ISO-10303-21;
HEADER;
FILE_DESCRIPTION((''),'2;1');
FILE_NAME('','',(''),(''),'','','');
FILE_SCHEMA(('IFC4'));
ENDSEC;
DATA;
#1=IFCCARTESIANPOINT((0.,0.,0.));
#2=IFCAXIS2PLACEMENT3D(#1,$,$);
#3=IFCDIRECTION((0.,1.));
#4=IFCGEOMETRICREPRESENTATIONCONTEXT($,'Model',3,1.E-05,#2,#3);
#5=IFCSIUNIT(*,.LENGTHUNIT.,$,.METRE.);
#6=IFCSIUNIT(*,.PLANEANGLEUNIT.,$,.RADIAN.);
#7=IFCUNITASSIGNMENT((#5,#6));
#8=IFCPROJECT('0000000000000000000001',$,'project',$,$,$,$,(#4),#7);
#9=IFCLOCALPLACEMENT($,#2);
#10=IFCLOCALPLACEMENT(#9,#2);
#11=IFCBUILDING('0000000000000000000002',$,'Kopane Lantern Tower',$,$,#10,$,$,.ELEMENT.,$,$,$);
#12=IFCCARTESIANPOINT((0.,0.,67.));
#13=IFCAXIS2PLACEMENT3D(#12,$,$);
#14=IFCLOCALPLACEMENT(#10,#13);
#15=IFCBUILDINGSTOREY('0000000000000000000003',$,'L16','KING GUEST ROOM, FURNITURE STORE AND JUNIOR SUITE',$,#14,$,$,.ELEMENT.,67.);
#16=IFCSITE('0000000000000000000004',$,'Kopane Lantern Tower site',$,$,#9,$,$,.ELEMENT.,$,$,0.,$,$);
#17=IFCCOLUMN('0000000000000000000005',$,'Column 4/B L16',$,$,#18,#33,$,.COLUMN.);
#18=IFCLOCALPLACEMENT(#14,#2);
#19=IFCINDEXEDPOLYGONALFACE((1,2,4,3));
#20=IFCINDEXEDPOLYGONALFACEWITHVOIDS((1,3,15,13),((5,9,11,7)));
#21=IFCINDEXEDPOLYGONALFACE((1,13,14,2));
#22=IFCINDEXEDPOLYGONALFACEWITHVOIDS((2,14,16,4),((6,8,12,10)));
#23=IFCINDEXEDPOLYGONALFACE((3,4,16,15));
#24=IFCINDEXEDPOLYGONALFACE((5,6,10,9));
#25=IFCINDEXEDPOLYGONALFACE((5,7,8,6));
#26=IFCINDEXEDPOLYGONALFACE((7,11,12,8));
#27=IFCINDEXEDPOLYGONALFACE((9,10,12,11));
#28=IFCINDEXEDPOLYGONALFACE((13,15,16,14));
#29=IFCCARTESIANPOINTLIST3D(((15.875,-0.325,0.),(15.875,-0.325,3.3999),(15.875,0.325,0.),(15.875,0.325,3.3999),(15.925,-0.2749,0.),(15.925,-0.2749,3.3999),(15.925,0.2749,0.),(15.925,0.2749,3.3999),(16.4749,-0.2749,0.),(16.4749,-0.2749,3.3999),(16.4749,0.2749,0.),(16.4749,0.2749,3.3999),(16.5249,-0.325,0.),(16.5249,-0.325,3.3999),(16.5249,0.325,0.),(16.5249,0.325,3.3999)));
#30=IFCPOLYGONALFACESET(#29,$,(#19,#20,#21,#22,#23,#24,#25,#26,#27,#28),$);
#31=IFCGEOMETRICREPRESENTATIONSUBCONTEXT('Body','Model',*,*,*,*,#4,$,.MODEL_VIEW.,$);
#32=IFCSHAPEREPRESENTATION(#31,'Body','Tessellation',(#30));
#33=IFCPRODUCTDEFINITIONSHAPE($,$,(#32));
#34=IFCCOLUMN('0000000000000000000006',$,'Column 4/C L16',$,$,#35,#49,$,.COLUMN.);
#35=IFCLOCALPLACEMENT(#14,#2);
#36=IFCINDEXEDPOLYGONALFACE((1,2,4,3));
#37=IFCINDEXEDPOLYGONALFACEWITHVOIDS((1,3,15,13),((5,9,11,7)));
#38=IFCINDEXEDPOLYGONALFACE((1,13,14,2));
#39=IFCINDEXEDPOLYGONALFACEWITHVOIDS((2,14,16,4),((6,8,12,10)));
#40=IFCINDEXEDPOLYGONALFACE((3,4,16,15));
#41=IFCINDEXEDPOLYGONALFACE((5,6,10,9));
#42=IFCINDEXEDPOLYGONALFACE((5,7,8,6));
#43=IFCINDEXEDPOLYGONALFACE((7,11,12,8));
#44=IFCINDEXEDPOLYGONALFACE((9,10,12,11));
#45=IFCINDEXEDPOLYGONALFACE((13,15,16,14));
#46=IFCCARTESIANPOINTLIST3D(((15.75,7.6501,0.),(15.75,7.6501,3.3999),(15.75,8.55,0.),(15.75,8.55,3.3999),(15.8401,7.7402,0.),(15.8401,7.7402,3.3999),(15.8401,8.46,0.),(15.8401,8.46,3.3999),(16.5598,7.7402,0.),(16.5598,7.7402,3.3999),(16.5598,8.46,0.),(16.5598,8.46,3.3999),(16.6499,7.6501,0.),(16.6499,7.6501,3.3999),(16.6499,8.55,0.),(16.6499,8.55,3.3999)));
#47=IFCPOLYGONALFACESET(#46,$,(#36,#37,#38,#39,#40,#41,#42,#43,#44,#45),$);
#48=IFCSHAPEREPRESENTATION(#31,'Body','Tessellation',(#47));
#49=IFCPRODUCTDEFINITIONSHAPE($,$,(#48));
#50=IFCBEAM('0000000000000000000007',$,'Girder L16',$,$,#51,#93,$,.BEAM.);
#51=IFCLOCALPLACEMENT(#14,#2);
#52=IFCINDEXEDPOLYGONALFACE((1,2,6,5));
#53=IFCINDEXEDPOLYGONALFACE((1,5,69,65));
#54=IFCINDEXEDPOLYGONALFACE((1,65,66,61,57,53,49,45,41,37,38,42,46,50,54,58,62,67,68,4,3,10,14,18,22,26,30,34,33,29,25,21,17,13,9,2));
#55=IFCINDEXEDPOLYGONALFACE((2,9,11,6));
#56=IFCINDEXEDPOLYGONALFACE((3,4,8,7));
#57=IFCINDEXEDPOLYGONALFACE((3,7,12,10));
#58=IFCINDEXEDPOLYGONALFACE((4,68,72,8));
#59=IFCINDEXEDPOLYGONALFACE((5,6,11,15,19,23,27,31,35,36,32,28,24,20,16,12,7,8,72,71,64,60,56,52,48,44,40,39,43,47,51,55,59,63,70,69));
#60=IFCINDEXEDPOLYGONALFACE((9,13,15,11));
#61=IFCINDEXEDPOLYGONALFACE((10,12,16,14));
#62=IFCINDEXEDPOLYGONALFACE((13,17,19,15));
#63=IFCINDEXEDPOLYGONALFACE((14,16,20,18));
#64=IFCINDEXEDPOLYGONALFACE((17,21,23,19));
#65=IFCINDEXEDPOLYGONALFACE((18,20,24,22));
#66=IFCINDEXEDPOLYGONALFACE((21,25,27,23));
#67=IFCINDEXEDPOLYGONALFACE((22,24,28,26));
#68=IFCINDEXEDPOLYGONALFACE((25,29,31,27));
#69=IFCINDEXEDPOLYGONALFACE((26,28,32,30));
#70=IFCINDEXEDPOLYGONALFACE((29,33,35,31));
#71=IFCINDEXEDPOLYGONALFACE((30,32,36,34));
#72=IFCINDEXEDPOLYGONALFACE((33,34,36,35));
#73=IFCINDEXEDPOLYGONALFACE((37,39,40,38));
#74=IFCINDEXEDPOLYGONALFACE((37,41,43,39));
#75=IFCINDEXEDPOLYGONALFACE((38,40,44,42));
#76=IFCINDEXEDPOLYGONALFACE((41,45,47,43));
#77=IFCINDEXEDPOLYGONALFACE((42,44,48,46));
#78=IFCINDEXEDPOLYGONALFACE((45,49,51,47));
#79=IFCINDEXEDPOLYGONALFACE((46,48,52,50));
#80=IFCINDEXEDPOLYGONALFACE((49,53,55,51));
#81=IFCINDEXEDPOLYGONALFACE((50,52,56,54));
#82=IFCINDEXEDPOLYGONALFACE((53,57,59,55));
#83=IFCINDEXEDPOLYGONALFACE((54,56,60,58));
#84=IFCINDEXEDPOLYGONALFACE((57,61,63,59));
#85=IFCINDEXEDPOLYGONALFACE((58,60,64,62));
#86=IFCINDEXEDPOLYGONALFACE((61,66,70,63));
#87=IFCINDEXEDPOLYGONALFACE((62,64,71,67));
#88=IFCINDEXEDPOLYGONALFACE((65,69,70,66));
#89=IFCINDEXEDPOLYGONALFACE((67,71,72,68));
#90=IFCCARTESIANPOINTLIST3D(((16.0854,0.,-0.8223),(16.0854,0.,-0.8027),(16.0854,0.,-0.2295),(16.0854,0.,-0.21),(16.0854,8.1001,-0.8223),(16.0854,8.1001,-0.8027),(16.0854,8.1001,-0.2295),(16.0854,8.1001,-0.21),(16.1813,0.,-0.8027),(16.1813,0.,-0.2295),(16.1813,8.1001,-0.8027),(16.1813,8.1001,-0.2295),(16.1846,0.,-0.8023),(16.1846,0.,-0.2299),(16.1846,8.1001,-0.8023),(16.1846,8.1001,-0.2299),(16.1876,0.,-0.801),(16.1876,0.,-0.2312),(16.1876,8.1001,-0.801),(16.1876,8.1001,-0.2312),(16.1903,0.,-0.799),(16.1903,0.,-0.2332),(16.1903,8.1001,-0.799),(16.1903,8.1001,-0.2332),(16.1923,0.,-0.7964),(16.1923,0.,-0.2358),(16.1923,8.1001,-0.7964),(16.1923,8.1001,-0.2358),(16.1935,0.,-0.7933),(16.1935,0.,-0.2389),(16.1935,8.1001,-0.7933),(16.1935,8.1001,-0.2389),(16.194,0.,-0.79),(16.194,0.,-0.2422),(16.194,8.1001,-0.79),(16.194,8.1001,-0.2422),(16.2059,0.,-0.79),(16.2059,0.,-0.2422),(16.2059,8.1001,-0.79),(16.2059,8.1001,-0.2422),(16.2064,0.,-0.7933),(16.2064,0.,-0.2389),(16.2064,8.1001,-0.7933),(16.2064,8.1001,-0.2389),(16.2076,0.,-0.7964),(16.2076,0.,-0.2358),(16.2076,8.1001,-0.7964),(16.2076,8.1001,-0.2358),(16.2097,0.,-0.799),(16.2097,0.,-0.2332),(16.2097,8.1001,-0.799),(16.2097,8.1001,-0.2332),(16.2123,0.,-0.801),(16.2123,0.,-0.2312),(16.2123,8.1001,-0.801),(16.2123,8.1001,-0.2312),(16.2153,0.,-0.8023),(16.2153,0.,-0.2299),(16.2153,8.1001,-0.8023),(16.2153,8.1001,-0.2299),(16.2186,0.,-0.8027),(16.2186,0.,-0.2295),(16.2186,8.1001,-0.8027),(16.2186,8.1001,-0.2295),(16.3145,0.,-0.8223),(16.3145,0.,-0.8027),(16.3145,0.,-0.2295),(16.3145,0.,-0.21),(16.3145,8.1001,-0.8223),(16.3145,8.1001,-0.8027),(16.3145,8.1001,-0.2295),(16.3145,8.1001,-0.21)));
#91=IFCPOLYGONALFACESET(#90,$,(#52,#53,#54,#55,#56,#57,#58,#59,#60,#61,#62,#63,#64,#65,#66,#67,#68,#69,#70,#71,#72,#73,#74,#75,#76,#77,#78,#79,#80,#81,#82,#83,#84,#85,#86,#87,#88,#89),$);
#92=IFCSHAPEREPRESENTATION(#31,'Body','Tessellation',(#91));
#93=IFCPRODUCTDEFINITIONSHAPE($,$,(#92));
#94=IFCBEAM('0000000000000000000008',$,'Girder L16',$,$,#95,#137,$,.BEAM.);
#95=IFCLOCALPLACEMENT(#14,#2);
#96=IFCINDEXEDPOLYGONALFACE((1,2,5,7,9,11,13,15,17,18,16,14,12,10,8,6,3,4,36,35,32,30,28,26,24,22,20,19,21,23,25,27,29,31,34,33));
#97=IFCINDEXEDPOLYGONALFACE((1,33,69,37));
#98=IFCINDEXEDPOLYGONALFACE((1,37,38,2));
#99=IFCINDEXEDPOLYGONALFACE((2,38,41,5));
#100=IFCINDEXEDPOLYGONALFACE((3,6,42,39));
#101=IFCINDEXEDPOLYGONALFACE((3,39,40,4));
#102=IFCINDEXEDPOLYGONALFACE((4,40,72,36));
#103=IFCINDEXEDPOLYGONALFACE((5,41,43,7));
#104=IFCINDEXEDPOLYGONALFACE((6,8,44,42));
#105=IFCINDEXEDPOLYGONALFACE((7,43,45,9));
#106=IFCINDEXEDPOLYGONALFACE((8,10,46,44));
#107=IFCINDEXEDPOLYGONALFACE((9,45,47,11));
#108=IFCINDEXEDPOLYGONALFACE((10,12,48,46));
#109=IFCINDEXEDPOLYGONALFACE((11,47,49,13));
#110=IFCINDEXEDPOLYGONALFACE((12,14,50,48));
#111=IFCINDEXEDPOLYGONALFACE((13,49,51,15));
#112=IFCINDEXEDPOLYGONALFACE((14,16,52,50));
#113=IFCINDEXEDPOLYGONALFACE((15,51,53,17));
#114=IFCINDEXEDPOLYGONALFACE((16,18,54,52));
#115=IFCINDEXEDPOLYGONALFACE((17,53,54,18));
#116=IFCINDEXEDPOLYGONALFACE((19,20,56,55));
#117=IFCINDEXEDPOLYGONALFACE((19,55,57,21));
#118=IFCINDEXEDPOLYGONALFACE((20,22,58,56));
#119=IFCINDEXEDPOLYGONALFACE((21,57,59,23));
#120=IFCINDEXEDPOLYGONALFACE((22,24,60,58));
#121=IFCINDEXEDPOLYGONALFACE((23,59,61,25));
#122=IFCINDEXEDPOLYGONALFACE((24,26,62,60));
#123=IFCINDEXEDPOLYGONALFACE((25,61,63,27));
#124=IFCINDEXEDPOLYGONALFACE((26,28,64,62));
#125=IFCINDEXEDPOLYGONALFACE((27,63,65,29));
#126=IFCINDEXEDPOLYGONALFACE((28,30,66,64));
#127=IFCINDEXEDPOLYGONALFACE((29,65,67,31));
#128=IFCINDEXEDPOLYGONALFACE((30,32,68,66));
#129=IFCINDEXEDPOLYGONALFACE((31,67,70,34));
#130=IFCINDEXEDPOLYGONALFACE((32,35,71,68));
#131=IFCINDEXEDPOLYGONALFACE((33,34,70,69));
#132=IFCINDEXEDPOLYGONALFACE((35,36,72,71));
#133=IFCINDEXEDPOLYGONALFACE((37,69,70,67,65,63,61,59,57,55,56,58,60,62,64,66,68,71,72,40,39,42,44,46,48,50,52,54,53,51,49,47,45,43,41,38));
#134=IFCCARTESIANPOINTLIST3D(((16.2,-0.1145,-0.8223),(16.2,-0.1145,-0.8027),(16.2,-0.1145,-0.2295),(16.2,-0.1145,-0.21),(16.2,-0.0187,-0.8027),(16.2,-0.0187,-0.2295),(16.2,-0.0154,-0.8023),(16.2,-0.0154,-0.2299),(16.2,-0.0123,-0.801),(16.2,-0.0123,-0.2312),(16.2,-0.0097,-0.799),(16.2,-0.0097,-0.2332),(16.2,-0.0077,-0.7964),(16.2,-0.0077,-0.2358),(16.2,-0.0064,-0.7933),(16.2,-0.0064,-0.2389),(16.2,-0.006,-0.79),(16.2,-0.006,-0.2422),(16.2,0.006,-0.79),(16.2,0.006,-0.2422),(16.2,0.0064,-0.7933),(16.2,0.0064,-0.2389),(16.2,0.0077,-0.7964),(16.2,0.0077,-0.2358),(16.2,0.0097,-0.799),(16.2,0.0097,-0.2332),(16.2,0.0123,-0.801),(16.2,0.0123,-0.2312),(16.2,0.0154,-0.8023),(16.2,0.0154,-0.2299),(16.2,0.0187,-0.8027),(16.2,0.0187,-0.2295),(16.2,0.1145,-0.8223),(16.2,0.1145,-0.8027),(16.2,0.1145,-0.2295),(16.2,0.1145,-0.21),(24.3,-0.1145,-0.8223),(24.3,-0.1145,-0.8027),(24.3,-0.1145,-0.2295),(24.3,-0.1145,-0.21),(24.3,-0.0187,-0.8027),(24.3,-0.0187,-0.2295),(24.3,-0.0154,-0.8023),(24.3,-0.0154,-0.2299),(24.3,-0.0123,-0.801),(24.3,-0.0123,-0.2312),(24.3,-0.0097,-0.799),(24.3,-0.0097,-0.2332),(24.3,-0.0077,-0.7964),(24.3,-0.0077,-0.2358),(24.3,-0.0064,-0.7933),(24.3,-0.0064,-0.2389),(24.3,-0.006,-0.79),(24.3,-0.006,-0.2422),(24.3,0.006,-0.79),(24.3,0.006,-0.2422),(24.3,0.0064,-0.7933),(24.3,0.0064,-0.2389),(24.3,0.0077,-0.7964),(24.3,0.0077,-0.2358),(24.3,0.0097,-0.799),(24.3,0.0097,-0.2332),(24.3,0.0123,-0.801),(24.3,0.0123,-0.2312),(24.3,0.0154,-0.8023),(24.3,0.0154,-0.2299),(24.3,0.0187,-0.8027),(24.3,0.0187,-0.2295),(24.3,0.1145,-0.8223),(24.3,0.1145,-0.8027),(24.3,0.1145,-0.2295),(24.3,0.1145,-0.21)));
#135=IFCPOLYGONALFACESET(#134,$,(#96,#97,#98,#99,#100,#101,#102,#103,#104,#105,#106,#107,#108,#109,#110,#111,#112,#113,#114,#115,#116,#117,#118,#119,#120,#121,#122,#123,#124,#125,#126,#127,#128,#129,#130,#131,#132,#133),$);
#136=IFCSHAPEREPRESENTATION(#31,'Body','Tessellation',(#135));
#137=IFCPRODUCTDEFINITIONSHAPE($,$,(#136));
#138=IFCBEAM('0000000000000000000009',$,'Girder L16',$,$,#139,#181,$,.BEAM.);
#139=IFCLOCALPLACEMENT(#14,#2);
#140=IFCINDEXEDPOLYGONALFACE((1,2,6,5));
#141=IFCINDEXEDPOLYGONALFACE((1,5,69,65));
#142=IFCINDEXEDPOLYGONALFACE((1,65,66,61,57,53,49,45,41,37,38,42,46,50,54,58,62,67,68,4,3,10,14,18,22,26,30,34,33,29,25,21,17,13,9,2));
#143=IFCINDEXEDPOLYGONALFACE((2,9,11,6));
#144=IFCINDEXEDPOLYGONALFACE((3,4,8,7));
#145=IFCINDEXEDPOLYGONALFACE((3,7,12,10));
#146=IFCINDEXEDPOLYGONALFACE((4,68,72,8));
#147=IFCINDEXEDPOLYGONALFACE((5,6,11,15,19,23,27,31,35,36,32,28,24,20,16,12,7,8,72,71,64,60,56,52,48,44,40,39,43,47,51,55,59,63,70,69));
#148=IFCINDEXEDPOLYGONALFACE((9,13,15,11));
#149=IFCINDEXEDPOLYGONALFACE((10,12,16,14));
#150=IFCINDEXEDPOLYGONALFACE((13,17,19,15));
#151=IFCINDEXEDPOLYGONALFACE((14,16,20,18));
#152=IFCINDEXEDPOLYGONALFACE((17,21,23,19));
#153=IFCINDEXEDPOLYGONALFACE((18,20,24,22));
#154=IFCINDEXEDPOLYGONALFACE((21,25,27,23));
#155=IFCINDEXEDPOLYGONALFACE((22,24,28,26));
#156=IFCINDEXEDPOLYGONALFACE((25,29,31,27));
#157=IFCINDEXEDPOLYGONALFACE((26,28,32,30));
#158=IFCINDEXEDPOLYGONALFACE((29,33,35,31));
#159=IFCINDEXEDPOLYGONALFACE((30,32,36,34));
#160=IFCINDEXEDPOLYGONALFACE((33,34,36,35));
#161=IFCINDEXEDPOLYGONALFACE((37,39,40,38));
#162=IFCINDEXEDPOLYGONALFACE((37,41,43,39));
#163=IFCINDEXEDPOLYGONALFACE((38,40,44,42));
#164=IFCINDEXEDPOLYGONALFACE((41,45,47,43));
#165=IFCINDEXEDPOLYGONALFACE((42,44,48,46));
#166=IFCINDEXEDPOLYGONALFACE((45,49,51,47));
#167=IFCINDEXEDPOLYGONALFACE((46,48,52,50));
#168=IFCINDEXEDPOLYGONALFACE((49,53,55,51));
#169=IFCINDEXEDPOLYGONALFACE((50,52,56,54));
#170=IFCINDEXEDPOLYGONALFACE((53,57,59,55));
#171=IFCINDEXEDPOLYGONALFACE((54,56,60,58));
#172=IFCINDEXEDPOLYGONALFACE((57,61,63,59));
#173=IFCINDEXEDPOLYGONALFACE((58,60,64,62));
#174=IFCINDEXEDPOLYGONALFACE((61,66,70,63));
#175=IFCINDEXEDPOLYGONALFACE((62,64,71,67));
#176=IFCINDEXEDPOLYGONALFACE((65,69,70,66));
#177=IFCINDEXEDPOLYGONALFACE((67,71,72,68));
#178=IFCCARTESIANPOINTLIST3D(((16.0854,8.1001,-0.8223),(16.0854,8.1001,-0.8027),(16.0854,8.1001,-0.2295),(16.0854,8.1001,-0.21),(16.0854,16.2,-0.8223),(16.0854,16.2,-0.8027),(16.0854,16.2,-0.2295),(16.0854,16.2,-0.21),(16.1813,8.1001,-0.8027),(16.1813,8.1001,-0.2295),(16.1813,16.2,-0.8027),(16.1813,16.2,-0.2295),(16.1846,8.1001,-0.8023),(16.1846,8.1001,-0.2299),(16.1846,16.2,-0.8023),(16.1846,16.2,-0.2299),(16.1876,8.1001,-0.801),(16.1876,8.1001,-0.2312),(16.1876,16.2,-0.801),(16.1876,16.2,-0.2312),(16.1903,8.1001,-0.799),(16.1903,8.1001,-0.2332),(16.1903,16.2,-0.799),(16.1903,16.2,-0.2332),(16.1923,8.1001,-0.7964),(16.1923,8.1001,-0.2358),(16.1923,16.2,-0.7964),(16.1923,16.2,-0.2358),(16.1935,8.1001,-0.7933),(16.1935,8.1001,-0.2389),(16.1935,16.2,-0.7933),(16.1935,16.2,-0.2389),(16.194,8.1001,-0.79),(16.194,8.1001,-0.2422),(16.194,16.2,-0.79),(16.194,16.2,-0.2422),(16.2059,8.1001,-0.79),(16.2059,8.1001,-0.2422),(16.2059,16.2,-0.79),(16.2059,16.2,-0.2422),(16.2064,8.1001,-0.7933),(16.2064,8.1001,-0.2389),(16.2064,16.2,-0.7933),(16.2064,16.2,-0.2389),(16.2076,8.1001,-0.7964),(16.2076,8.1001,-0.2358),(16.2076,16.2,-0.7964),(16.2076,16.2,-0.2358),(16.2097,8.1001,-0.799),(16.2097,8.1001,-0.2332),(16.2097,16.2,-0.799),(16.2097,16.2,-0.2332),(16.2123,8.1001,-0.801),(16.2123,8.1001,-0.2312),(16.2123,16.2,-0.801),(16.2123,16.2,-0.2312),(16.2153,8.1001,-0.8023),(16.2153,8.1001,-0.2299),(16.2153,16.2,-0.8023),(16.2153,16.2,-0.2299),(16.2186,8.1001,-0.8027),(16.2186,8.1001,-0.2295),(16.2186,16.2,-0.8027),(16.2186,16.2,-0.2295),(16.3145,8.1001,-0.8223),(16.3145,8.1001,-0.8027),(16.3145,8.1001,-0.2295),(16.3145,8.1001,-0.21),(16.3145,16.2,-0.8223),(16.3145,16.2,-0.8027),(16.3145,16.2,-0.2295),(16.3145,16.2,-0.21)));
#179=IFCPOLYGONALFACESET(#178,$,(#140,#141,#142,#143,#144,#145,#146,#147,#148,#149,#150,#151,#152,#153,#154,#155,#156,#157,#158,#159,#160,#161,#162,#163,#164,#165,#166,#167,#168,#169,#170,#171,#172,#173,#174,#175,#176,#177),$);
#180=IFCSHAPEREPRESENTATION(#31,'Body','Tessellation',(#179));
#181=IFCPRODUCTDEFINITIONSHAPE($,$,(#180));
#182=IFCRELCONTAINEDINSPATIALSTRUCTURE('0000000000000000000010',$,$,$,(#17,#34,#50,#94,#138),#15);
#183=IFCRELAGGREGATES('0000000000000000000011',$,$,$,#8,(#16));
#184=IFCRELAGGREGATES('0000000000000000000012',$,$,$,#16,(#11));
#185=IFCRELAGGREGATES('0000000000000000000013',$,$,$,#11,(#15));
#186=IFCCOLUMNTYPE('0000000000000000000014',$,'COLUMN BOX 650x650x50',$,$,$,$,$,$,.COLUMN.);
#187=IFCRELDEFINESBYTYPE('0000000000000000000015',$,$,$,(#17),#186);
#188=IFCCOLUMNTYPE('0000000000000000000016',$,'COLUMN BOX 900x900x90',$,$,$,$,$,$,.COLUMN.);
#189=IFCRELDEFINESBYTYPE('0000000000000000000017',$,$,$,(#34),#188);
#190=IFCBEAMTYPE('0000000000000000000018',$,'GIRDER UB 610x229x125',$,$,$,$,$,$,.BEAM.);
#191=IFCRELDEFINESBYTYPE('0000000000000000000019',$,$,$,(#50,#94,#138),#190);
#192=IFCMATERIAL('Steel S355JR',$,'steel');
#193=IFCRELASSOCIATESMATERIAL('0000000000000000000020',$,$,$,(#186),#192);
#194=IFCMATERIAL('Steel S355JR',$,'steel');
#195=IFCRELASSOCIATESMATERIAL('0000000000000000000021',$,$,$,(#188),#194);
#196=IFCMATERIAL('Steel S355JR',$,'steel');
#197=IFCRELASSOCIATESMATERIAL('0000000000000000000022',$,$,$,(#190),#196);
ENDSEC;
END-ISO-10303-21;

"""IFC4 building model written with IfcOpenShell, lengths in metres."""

from ifc_helpers import new_model, si_unit, direction, frame, origin, origin_2d, place, context, subcontext, project, spatial, hollow_rectangle, i_section, extrude, material, material_profile, profile_set, type_object, element, save


model = new_model("IFC4")

# Units and contexts
model_context = context("Model", 3, precision=1e-05, world=origin(), true_north=direction((0.0, 1.0)))
body_context = subcontext(model_context, "Body", "Model", "MODEL_VIEW")
ifc_project = project(units=[si_unit("LENGTHUNIT", "METRE"), si_unit("PLANEANGLEUNIT", "RADIAN")], contexts=[model_context])

# Site, building, storey
site_placement = place(None, origin())
site = spatial("IfcSite", under=ifc_project, at=site_placement, Name="Kopane Lantern Tower site", CompositionType="ELEMENT", RefElevation=0.0)
building_placement = place(site_placement, origin())
building = spatial("IfcBuilding", under=site, at=building_placement, Name="Kopane Lantern Tower", CompositionType="ELEMENT")
storey_placement = place(building_placement, frame((0.0, 0.0, 67.0)))
storey = spatial("IfcBuildingStorey", under=building, at=storey_placement, Name="L16", Description="KING GUEST ROOM, FURNITURE STORE AND JUNIOR SUITE", CompositionType="ELEMENT", Elevation=67.0)

# Columns
ifc_material_1 = material(Name="Steel S355JR", Category="steel")
ifc_material_profile_1 = material_profile(ifc_material_1, hollow_rectangle(XDim=0.6499, YDim=0.6499, WallThickness=0.05, at=origin_2d()), Name="BOX 650x650x50")
ifc_profile_set_1 = profile_set([ifc_material_profile_1], Name="Steel S355JR")
column_type_1 = type_object("IfcColumnType", Name="COLUMN BOX 650x650x50", PredefinedType="COLUMN", material=ifc_profile_set_1)
column_1_placement = place(storey_placement, frame((16.2, 0.0, 0.0), z_axis=(0.0, 0.0, 1.0), x_axis=(1.0, 0.0, 0.0)))
element("IfcColumn", 1, at=column_1_placement, inside=storey, type_object=column_type_1, Name="Column 4/B L16", PredefinedType="COLUMN", context=body_context, shape_type="SweptSolid", body=[
    extrude(hollow_rectangle(XDim=0.6499, YDim=0.6499, WallThickness=0.05, at=origin_2d()), origin(), (0.0, 0.0, 1.0), 3.3999),
])
ifc_material_2 = material(Name="Steel S355JR", Category="steel")
ifc_material_profile_2 = material_profile(ifc_material_2, hollow_rectangle(XDim=0.8999, YDim=0.8999, WallThickness=0.0901, at=origin_2d()), Name="BOX 900x900x90")
ifc_profile_set_2 = profile_set([ifc_material_profile_2], Name="Steel S355JR")
column_type_2 = type_object("IfcColumnType", Name="COLUMN BOX 900x900x90", PredefinedType="COLUMN", material=ifc_profile_set_2)
column_2_placement = place(storey_placement, frame((16.2, 8.1001, 0.0), z_axis=(0.0, 0.0, 1.0), x_axis=(1.0, 0.0, 0.0)))
element("IfcColumn", 2, at=column_2_placement, inside=storey, type_object=column_type_2, Name="Column 4/C L16", PredefinedType="COLUMN", context=body_context, shape_type="SweptSolid", body=[
    extrude(hollow_rectangle(XDim=0.8999, YDim=0.8999, WallThickness=0.0901, at=origin_2d()), origin(), (0.0, 0.0, 1.0), 3.3999),
])

# Beams
ifc_material_3 = material(Name="Steel S355JR", Category="steel")
ifc_material_profile_3 = material_profile(ifc_material_3, i_section(OverallWidth=0.229, OverallDepth=0.6123, WebThickness=0.012, FlangeThickness=0.0195, FilletRadius=0.0127, at=origin_2d()), Name="UB 610x229x125")
ifc_profile_set_3 = profile_set([ifc_material_profile_3], Name="Steel S355JR")
beam_type = type_object("IfcBeamType", Name="GIRDER UB 610x229x125", PredefinedType="BEAM", material=ifc_profile_set_3)
for number, where, z_axis, x_axis, name in (
    (3, (16.2, 0.0, -0.5161), (0.0, 1.0, 0.0), (-1.0, 0.0, 0.0), "Girder L16"),
    (4, (16.2, 0.0, -0.5161), (1.0, 0.0, 0.0), (0.0, 1.0, 0.0), "Girder L16"),
):
    element("IfcBeam", number, at=place(storey_placement, frame(where, z_axis=z_axis, x_axis=x_axis)), inside=storey, type_object=beam_type, Name=name, PredefinedType="BEAM", context=body_context, shape_type="SweptSolid", body=[
        extrude(i_section(OverallWidth=0.229, OverallDepth=0.6123, WebThickness=0.012, FlangeThickness=0.0195, FilletRadius=0.0127, at=origin_2d()), origin(), (0.0, 0.0, 1.0), 8.1001),
    ])
beam_1_placement = place(storey_placement, frame((16.2, 8.1001, -0.5161), z_axis=(0.0, 1.0, 0.0), x_axis=(-1.0, 0.0, 0.0)))
element("IfcBeam", 5, at=beam_1_placement, inside=storey, type_object=beam_type, Name="Girder L16", PredefinedType="BEAM", context=body_context, shape_type="SweptSolid", body=[
    extrude(i_section(OverallWidth=0.229, OverallDepth=0.6123, WebThickness=0.012, FlangeThickness=0.0195, FilletRadius=0.0127, at=origin_2d()), origin(), (0.0, 0.0, 1.0), 8.0999),
])

save(model, "model.ifc")
